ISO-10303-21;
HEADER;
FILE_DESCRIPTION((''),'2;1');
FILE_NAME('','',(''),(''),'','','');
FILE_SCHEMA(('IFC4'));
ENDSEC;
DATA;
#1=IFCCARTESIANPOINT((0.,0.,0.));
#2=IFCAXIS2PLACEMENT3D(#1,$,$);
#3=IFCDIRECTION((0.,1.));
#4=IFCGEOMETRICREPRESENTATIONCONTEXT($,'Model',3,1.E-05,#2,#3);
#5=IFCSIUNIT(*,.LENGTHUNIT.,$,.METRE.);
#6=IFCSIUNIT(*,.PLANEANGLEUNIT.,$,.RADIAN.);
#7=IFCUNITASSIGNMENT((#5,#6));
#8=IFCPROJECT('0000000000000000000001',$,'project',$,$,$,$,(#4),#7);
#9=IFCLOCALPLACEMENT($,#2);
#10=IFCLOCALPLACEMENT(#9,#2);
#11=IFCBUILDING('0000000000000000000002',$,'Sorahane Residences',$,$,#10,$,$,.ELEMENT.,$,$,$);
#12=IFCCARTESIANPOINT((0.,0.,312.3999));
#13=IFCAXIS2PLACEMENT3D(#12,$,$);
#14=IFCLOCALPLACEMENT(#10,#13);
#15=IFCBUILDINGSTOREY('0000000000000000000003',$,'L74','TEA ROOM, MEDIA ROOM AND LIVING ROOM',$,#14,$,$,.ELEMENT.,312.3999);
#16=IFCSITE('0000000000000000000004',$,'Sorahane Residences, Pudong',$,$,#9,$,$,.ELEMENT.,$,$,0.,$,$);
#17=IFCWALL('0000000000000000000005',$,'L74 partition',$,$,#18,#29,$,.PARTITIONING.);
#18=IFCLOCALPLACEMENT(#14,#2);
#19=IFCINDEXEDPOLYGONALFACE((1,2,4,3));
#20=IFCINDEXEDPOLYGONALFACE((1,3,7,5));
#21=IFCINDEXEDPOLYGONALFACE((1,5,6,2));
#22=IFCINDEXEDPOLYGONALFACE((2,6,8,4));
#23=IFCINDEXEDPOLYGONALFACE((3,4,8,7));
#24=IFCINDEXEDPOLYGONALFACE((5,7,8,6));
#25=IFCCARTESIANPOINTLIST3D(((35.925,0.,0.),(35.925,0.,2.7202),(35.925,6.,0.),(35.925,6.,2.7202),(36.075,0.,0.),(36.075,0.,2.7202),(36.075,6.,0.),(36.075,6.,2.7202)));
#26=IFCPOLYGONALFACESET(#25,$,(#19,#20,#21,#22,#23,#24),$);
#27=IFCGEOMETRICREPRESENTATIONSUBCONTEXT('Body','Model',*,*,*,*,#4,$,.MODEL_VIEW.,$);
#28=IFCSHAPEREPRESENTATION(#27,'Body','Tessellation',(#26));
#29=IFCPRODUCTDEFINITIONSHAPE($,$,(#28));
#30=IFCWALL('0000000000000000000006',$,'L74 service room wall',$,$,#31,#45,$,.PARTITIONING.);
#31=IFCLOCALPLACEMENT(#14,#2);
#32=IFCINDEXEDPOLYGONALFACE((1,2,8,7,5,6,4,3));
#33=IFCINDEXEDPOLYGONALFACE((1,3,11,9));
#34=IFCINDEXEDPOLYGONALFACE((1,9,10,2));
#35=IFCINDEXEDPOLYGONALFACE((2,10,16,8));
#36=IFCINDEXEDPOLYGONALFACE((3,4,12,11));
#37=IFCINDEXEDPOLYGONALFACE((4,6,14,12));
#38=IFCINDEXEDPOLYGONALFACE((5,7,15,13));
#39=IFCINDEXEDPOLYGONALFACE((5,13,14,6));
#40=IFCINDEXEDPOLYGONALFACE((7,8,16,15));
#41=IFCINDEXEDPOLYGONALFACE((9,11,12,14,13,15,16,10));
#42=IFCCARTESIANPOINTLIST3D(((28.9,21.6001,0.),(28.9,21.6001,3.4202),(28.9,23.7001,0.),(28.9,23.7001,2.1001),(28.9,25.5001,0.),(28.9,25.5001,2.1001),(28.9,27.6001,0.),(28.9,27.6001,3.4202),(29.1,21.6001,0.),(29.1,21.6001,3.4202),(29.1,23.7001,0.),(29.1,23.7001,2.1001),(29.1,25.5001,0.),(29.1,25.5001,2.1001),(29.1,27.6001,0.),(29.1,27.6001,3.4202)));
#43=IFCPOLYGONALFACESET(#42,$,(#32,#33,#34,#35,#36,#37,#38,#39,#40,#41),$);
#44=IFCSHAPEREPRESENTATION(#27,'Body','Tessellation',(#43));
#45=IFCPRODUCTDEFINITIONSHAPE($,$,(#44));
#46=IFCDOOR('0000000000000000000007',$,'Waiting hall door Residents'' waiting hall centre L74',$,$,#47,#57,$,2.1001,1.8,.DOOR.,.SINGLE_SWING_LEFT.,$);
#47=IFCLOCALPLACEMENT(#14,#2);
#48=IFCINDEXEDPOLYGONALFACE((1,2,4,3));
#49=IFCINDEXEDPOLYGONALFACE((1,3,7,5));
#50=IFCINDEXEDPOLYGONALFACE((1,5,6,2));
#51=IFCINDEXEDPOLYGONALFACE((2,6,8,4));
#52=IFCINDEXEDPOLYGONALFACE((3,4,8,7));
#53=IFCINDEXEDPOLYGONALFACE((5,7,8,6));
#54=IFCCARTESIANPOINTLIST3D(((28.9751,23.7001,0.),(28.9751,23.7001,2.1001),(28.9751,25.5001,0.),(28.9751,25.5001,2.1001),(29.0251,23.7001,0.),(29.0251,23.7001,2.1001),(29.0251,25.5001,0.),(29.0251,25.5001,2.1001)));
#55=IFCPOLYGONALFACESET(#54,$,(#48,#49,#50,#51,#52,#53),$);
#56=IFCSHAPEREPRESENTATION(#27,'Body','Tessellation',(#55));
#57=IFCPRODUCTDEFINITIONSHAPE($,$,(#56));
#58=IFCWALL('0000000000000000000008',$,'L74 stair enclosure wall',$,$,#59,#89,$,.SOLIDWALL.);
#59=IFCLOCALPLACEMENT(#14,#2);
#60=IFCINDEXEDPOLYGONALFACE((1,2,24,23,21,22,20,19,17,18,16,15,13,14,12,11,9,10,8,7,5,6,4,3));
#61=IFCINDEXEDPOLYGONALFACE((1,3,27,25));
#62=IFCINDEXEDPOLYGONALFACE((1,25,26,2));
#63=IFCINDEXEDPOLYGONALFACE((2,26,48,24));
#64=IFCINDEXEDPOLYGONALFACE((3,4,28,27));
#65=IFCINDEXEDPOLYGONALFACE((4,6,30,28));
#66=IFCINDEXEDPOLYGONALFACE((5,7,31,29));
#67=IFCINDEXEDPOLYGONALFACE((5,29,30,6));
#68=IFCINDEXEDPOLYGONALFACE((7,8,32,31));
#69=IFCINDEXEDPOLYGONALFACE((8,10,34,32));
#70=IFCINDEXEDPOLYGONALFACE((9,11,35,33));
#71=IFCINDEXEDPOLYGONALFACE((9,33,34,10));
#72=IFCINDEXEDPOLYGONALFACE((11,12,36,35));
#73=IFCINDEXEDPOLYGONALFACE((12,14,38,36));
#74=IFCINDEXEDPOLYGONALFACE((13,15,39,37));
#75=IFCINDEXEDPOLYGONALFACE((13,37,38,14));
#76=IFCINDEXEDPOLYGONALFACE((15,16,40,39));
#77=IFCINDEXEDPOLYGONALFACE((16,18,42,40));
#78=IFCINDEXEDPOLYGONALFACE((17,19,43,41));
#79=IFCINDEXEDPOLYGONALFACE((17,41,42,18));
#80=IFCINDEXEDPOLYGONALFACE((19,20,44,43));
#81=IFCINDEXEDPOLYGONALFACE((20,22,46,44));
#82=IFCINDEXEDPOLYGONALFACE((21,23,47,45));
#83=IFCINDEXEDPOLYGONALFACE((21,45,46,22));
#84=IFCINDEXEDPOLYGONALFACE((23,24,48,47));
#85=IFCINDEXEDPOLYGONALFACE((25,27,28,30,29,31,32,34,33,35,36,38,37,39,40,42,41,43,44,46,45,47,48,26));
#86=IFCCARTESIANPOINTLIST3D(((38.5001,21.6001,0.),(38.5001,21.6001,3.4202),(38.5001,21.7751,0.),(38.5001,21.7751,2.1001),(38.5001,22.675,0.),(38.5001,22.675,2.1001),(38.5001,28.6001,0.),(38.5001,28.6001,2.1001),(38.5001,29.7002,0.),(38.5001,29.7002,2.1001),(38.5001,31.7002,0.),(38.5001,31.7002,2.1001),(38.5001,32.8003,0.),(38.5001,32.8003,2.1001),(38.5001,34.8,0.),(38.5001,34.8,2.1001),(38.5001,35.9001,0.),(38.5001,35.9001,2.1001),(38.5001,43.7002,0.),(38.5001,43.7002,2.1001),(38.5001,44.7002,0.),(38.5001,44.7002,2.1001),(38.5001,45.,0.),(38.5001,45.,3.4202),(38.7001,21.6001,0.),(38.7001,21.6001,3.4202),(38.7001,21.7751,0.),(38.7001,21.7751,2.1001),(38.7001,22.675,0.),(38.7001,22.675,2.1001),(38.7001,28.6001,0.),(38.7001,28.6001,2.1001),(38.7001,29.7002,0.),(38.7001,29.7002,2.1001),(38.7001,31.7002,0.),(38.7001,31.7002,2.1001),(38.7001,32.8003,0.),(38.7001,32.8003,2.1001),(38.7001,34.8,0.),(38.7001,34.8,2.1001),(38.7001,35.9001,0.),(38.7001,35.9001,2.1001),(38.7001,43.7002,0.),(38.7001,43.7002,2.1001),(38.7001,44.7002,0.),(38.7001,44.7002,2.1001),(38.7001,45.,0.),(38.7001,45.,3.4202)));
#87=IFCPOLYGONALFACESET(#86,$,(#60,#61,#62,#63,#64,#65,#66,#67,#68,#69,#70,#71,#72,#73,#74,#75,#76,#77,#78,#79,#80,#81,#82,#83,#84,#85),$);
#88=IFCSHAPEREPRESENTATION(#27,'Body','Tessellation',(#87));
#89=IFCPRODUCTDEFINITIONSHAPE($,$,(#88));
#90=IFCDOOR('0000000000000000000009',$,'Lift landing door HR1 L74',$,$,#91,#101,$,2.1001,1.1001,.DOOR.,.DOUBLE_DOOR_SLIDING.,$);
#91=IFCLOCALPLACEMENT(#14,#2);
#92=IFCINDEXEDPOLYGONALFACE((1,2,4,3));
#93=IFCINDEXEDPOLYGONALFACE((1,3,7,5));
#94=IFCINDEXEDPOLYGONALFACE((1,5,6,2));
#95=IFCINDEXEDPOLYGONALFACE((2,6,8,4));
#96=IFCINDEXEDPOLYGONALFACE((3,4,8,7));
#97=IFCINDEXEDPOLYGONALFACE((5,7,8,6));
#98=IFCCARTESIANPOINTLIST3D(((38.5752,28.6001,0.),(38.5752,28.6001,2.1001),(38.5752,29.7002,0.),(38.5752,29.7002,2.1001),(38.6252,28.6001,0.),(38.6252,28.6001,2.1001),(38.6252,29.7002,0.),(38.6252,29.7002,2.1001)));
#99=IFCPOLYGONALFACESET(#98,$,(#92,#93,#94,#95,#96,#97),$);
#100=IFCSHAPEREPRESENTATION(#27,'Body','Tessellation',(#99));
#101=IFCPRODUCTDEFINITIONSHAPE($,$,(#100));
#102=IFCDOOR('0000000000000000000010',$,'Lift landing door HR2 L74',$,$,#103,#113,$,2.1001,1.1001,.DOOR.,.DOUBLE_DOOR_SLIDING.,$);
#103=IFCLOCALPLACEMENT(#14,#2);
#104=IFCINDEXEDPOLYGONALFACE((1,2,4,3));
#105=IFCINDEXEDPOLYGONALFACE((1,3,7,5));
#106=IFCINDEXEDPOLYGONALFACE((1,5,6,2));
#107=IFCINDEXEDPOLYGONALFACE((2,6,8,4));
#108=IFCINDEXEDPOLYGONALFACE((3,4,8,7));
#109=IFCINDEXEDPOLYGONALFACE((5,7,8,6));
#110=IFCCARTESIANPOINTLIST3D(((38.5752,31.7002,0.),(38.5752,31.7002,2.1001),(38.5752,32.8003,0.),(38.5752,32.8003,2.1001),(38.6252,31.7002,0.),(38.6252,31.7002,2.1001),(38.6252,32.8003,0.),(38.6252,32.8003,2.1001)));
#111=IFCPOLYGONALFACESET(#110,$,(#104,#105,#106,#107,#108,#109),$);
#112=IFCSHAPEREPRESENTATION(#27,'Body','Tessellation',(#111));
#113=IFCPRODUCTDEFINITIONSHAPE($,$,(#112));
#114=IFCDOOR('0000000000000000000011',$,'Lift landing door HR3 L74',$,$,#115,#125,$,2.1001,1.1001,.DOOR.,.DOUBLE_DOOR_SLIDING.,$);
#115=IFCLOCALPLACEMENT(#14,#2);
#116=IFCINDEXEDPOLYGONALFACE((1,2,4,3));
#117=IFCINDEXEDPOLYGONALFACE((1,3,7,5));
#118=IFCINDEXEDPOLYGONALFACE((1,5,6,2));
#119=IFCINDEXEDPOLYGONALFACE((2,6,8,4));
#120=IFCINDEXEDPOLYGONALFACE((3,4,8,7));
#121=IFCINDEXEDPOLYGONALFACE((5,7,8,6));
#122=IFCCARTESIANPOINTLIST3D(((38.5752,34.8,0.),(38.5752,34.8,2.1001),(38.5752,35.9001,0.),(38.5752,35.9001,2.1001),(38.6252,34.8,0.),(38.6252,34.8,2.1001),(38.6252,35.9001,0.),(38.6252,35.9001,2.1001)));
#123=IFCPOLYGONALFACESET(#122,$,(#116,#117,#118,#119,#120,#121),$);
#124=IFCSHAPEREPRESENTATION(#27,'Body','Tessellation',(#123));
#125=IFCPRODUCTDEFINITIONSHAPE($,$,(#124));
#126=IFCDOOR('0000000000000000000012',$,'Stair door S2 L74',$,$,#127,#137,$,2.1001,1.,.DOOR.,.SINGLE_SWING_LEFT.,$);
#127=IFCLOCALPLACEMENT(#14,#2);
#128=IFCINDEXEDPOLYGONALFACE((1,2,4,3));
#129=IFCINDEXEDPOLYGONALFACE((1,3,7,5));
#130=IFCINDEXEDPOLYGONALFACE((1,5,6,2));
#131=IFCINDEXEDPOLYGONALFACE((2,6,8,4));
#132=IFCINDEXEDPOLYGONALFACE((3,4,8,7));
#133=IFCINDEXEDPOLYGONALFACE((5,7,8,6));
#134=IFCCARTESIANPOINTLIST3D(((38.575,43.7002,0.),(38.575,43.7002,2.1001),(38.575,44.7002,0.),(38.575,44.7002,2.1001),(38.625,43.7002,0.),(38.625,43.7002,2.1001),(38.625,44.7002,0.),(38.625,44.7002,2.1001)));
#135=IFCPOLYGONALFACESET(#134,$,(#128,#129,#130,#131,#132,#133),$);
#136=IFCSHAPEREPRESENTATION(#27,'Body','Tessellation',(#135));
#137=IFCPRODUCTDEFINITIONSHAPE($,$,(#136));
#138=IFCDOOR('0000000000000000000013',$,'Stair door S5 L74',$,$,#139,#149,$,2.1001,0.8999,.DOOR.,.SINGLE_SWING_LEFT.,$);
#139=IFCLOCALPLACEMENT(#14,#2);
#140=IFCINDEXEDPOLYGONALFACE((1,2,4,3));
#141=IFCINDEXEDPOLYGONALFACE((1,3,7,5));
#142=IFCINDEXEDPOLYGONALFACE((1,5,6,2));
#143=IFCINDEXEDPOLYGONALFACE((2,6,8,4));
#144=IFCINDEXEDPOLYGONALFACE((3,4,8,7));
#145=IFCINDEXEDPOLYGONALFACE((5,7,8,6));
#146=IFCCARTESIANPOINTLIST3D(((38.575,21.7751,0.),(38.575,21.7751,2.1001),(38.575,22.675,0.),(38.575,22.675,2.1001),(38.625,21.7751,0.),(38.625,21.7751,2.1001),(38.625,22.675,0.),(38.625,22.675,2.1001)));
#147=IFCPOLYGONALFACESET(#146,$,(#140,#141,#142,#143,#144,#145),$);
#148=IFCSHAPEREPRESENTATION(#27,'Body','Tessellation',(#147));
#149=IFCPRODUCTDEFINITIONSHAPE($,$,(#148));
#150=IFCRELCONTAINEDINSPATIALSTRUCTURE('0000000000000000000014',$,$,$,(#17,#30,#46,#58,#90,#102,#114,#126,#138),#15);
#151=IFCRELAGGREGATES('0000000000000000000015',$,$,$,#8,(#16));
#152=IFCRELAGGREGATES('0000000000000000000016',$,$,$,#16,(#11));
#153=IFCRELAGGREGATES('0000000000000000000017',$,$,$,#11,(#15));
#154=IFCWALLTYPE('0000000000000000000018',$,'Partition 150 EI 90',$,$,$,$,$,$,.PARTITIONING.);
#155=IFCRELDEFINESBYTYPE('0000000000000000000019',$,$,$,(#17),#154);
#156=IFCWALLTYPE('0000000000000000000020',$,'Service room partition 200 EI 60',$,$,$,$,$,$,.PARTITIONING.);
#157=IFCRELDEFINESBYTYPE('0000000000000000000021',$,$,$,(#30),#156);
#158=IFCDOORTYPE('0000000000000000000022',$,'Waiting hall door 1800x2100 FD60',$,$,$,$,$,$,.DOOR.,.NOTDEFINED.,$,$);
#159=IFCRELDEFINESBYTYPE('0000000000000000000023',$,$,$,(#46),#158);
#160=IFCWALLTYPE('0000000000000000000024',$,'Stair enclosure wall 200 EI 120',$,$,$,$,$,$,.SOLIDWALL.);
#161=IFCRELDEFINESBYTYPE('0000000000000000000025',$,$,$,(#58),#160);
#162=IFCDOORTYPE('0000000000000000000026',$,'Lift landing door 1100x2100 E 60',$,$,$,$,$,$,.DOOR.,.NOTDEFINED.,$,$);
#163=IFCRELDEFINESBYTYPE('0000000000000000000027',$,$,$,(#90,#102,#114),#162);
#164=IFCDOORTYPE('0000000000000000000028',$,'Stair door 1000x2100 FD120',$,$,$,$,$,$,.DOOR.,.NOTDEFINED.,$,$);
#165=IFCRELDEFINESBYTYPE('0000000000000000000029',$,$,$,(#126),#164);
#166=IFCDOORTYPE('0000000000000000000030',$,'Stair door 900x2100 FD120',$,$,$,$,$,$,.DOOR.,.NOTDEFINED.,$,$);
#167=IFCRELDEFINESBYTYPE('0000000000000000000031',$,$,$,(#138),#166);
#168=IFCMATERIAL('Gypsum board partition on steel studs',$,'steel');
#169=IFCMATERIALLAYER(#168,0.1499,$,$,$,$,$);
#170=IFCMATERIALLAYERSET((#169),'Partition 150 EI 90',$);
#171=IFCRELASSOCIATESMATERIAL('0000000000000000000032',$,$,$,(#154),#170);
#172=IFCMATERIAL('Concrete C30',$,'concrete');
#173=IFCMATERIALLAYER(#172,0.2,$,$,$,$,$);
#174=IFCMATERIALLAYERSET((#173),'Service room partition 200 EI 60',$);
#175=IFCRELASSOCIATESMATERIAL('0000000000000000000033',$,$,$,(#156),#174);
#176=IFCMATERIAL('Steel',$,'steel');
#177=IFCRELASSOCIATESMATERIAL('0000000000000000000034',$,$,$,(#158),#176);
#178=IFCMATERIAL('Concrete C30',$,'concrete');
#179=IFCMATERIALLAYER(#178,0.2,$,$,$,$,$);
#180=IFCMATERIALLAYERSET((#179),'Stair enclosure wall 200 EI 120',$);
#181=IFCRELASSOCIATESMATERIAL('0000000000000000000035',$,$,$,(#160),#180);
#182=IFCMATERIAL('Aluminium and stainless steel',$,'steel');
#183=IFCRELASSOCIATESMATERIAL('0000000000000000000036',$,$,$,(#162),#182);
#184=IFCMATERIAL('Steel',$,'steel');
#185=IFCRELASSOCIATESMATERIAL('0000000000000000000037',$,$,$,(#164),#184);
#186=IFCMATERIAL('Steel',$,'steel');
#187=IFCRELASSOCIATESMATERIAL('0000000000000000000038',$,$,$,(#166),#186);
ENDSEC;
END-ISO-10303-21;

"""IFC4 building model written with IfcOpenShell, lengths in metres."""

from ifc_helpers import new_model, si_unit, direction, frame, frame_2d, origin, place, context, subcontext, project, spatial, rectangle, extrude, material, layer, layer_set, type_object, element, fill, save


model = new_model("IFC4")

# Units and contexts
model_context = context("Model", 3, precision=1e-05, world=origin(), true_north=direction((0.0, 1.0)))
body_context = subcontext(model_context, "Body", "Model", "MODEL_VIEW")
ifc_project = project(units=[si_unit("LENGTHUNIT", "METRE"), si_unit("PLANEANGLEUNIT", "RADIAN")], contexts=[model_context])

# Site, building, storey
site_placement = place(None, origin())
site = spatial("IfcSite", under=ifc_project, at=site_placement, Name="Sorahane Residences, Pudong", CompositionType="ELEMENT", RefElevation=0.0)
building_placement = place(site_placement, origin())
building = spatial("IfcBuilding", under=site, at=building_placement, Name="Sorahane Residences", CompositionType="ELEMENT")
storey_placement = place(building_placement, frame((0.0, 0.0, 312.3999)))
storey = spatial("IfcBuildingStorey", under=building, at=storey_placement, Name="L74", Description="TEA ROOM, MEDIA ROOM AND LIVING ROOM", CompositionType="ELEMENT", Elevation=312.3999)

# Wall
ifc_material_1 = material(Name="Gypsum board partition on steel studs", Category="steel")
ifc_layer_1 = layer(ifc_material_1, 0.1499)
ifc_layer_set_1 = layer_set([ifc_layer_1], Name="Partition 150 EI 90")
wall_type_1 = type_object("IfcWallType", Name="Partition 150 EI 90", PredefinedType="PARTITIONING", material=ifc_layer_set_1)
wall_1_placement = place(storey_placement, frame((36.0, 0.0, 0.0), z_axis=(0.0, 0.0, 1.0), x_axis=(0.0, 1.0, 0.0)))
element("IfcWall", 1, at=wall_1_placement, inside=storey, type_object=wall_type_1, Name="L74 partition", PredefinedType="PARTITIONING", context=body_context, shape_type="SweptSolid", body=[
    extrude(rectangle(XDim=6.0, YDim=0.1499, at=frame_2d((3.0, 0.0))), origin(), (0.0, 0.0, 1.0), 2.7202),
])

# Wall, opening, door
ifc_material_2 = material(Name="Concrete C30", Category="concrete")
ifc_layer_2 = layer(ifc_material_2, 0.2)
ifc_layer_set_2 = layer_set([ifc_layer_2], Name="Service room partition 200 EI 60")
wall_type_2 = type_object("IfcWallType", Name="Service room partition 200 EI 60", PredefinedType="PARTITIONING", material=ifc_layer_set_2)
wall_2_placement = place(storey_placement, frame((29.0, 21.6001, 0.0), z_axis=(0.0, 0.0, 1.0), x_axis=(0.0, 1.0, 0.0)))
wall_2 = element("IfcWall", 2, at=wall_2_placement, inside=storey, type_object=wall_type_2, Name="L74 service room wall", PredefinedType="PARTITIONING", context=body_context, shape_type="SweptSolid", body=[
    extrude(rectangle(XDim=6.0, YDim=0.2, at=frame_2d((3.0, 0.0))), origin(), (0.0, 0.0, 1.0), 3.4202),
])
opening_1_placement = place(wall_2_placement, frame((2.1001, 0.0, 0.0)))
opening_1 = element("IfcOpeningElement", 3, at=opening_1_placement, cuts=wall_2, PredefinedType="OPENING", context=body_context, shape_type="SweptSolid", body=[
    extrude(rectangle(XDim=1.8, YDim=2.1001, at=frame_2d((0.8999, 1.05))), frame((0.0, 0.1099, 0.0), z_axis=(0.0, -1.0, 0.0), x_axis=(1.0, 0.0, 0.0)), (0.0, 0.0, 1.0), 0.22),
])
ifc_material_3 = material(Name="Steel", Category="steel")
door_type_1 = type_object("IfcDoorType", Name="Waiting hall door 1800x2100 FD60", OperationType="NOTDEFINED", PredefinedType="DOOR", material=ifc_material_3)
door_1_placement = place(opening_1_placement, origin())
door_1 = element("IfcDoor", 4, at=door_1_placement, inside=storey, type_object=door_type_1, Name="Waiting hall door Residents' waiting hall centre L74", OperationType="SINGLE_SWING_LEFT", OverallHeight=2.1001, OverallWidth=1.8, PredefinedType="DOOR", context=body_context, shape_type="SweptSolid", body=[
    extrude(rectangle(XDim=1.8, YDim=2.1001, at=frame_2d((0.8999, 1.05))), frame((0.0, 0.0249, 0.0), z_axis=(0.0, -1.0, 0.0), x_axis=(1.0, 0.0, 0.0)), (0.0, 0.0, 1.0), 0.05),
])
fill(opening_1, door_1)

# Wall, openings, doors
ifc_material_4 = material(Name="Concrete C30", Category="concrete")
ifc_layer_3 = layer(ifc_material_4, 0.2)
ifc_layer_set_3 = layer_set([ifc_layer_3], Name="Stair enclosure wall 200 EI 120")
wall_type_3 = type_object("IfcWallType", Name="Stair enclosure wall 200 EI 120", PredefinedType="SOLIDWALL", material=ifc_layer_set_3)
wall_3_placement = place(storey_placement, frame((38.6001, 21.6001, 0.0), z_axis=(0.0, 0.0, 1.0), x_axis=(0.0, 1.0, 0.0)))
wall_3 = element("IfcWall", 5, at=wall_3_placement, inside=storey, type_object=wall_type_3, Name="L74 stair enclosure wall", PredefinedType="SOLIDWALL", context=body_context, shape_type="SweptSolid", body=[
    extrude(rectangle(XDim=23.3999, YDim=0.2, at=frame_2d((11.7, 0.0))), origin(), (0.0, 0.0, 1.0), 3.4202),
])
opening_2_placement = place(wall_3_placement, frame((7.0, 0.0, 0.0)))
opening_2 = element("IfcOpeningElement", 6, at=opening_2_placement, cuts=wall_3, PredefinedType="OPENING", context=body_context, shape_type="SweptSolid", body=[
    extrude(rectangle(XDim=1.1001, YDim=2.1001, at=frame_2d((0.55, 1.05))), frame((0.0, 0.1099, 0.0), z_axis=(0.0, -1.0, 0.0), x_axis=(1.0, 0.0, 0.0)), (0.0, 0.0, 1.0), 0.22),
])
opening_3_placement = place(wall_3_placement, frame((10.1001, 0.0, 0.0)))
opening_3 = element("IfcOpeningElement", 7, at=opening_3_placement, cuts=wall_3, PredefinedType="OPENING", context=body_context, shape_type="SweptSolid", body=[
    extrude(rectangle(XDim=1.1001, YDim=2.1001, at=frame_2d((0.55, 1.05))), frame((0.0, 0.1099, 0.0), z_axis=(0.0, -1.0, 0.0), x_axis=(1.0, 0.0, 0.0)), (0.0, 0.0, 1.0), 0.22),
])
opening_4_placement = place(wall_3_placement, frame((13.2, 0.0, 0.0)))
opening_4 = element("IfcOpeningElement", 8, at=opening_4_placement, cuts=wall_3, PredefinedType="OPENING", context=body_context, shape_type="SweptSolid", body=[
    extrude(rectangle(XDim=1.1001, YDim=2.1001, at=frame_2d((0.55, 1.05))), frame((0.0, 0.1099, 0.0), z_axis=(0.0, -1.0, 0.0), x_axis=(1.0, 0.0, 0.0)), (0.0, 0.0, 1.0), 0.22),
])
opening_5_placement = place(wall_3_placement, frame((22.1001, 0.0, 0.0)))
opening_5 = element("IfcOpeningElement", 9, at=opening_5_placement, cuts=wall_3, PredefinedType="OPENING", context=body_context, shape_type="SweptSolid", body=[
    extrude(rectangle(XDim=1.0, YDim=2.1001, at=frame_2d((0.5, 1.05))), frame((0.0, 0.1099, 0.0), z_axis=(0.0, -1.0, 0.0), x_axis=(1.0, 0.0, 0.0)), (0.0, 0.0, 1.0), 0.22),
])
opening_6_placement = place(wall_3_placement, frame((0.175, 0.0, 0.0)))
opening_6 = element("IfcOpeningElement", 10, at=opening_6_placement, cuts=wall_3, PredefinedType="OPENING", context=body_context, shape_type="SweptSolid", body=[
    extrude(rectangle(XDim=0.8999, YDim=2.1001, at=frame_2d((0.45, 1.05))), frame((0.0, 0.1099, 0.0), z_axis=(0.0, -1.0, 0.0), x_axis=(1.0, 0.0, 0.0)), (0.0, 0.0, 1.0), 0.22),
])
ifc_material_5 = material(Name="Aluminium and stainless steel", Category="steel")
door_type_2 = type_object("IfcDoorType", Name="Lift landing door 1100x2100 E 60", OperationType="NOTDEFINED", PredefinedType="DOOR", material=ifc_material_5)
door_2_placement = place(opening_2_placement, origin())
door_2 = element("IfcDoor", 11, at=door_2_placement, inside=storey, type_object=door_type_2, Name="Lift landing door HR1 L74", OperationType="DOUBLE_DOOR_SLIDING", OverallHeight=2.1001, OverallWidth=1.1001, PredefinedType="DOOR", context=body_context, shape_type="SweptSolid", body=[
    extrude(rectangle(XDim=1.1001, YDim=2.1001, at=frame_2d((0.55, 1.05))), frame((0.0, 0.0249, 0.0), z_axis=(0.0, -1.0, 0.0), x_axis=(1.0, 0.0, 0.0)), (0.0, 0.0, 1.0), 0.05),
])
fill(opening_2, door_2)
door_3_placement = place(opening_3_placement, origin())
door_3 = element("IfcDoor", 12, at=door_3_placement, inside=storey, type_object=door_type_2, Name="Lift landing door HR2 L74", OperationType="DOUBLE_DOOR_SLIDING", OverallHeight=2.1001, OverallWidth=1.1001, PredefinedType="DOOR", context=body_context, shape_type="SweptSolid", body=[
    extrude(rectangle(XDim=1.1001, YDim=2.1001, at=frame_2d((0.55, 1.05))), frame((0.0, 0.0249, 0.0), z_axis=(0.0, -1.0, 0.0), x_axis=(1.0, 0.0, 0.0)), (0.0, 0.0, 1.0), 0.05),
])
fill(opening_3, door_3)
door_4_placement = place(opening_4_placement, origin())
door_4 = element("IfcDoor", 13, at=door_4_placement, inside=storey, type_object=door_type_2, Name="Lift landing door HR3 L74", OperationType="DOUBLE_DOOR_SLIDING", OverallHeight=2.1001, OverallWidth=1.1001, PredefinedType="DOOR", context=body_context, shape_type="SweptSolid", body=[
    extrude(rectangle(XDim=1.1001, YDim=2.1001, at=frame_2d((0.55, 1.05))), frame((0.0, 0.0249, 0.0), z_axis=(0.0, -1.0, 0.0), x_axis=(1.0, 0.0, 0.0)), (0.0, 0.0, 1.0), 0.05),
])
fill(opening_4, door_4)
ifc_material_6 = material(Name="Steel", Category="steel")
door_type_3 = type_object("IfcDoorType", Name="Stair door 1000x2100 FD120", OperationType="NOTDEFINED", PredefinedType="DOOR", material=ifc_material_6)
door_5_placement = place(opening_5_placement, frame((1.0, 0.0, 0.0), z_axis=(0.0, 0.0, 1.0), x_axis=(-1.0, 0.0, 0.0)))
door_5 = element("IfcDoor", 14, at=door_5_placement, inside=storey, type_object=door_type_3, Name="Stair door S2 L74", OperationType="SINGLE_SWING_LEFT", OverallHeight=2.1001, OverallWidth=1.0, PredefinedType="DOOR", context=body_context, shape_type="SweptSolid", body=[
    extrude(rectangle(XDim=1.0, YDim=2.1001, at=frame_2d((0.5, 1.05))), frame((0.0, 0.0249, 0.0), z_axis=(0.0, -1.0, 0.0), x_axis=(1.0, 0.0, 0.0)), (0.0, 0.0, 1.0), 0.05),
])
fill(opening_5, door_5)
ifc_material_7 = material(Name="Steel", Category="steel")
door_type_4 = type_object("IfcDoorType", Name="Stair door 900x2100 FD120", OperationType="NOTDEFINED", PredefinedType="DOOR", material=ifc_material_7)
door_6_placement = place(opening_6_placement, frame((0.8999, 0.0, 0.0), z_axis=(0.0, 0.0, 1.0), x_axis=(-1.0, 0.0, 0.0)))
door_6 = element("IfcDoor", 15, at=door_6_placement, inside=storey, type_object=door_type_4, Name="Stair door S5 L74", OperationType="SINGLE_SWING_LEFT", OverallHeight=2.1001, OverallWidth=0.8999, PredefinedType="DOOR", context=body_context, shape_type="SweptSolid", body=[
    extrude(rectangle(XDim=0.8999, YDim=2.1001, at=frame_2d((0.45, 1.05))), frame((0.0, 0.0249, 0.0), z_axis=(0.0, -1.0, 0.0), x_axis=(1.0, 0.0, 0.0)), (0.0, 0.0, 1.0), 0.05),
])
fill(opening_6, door_6)

save(model, "model.ifc")
